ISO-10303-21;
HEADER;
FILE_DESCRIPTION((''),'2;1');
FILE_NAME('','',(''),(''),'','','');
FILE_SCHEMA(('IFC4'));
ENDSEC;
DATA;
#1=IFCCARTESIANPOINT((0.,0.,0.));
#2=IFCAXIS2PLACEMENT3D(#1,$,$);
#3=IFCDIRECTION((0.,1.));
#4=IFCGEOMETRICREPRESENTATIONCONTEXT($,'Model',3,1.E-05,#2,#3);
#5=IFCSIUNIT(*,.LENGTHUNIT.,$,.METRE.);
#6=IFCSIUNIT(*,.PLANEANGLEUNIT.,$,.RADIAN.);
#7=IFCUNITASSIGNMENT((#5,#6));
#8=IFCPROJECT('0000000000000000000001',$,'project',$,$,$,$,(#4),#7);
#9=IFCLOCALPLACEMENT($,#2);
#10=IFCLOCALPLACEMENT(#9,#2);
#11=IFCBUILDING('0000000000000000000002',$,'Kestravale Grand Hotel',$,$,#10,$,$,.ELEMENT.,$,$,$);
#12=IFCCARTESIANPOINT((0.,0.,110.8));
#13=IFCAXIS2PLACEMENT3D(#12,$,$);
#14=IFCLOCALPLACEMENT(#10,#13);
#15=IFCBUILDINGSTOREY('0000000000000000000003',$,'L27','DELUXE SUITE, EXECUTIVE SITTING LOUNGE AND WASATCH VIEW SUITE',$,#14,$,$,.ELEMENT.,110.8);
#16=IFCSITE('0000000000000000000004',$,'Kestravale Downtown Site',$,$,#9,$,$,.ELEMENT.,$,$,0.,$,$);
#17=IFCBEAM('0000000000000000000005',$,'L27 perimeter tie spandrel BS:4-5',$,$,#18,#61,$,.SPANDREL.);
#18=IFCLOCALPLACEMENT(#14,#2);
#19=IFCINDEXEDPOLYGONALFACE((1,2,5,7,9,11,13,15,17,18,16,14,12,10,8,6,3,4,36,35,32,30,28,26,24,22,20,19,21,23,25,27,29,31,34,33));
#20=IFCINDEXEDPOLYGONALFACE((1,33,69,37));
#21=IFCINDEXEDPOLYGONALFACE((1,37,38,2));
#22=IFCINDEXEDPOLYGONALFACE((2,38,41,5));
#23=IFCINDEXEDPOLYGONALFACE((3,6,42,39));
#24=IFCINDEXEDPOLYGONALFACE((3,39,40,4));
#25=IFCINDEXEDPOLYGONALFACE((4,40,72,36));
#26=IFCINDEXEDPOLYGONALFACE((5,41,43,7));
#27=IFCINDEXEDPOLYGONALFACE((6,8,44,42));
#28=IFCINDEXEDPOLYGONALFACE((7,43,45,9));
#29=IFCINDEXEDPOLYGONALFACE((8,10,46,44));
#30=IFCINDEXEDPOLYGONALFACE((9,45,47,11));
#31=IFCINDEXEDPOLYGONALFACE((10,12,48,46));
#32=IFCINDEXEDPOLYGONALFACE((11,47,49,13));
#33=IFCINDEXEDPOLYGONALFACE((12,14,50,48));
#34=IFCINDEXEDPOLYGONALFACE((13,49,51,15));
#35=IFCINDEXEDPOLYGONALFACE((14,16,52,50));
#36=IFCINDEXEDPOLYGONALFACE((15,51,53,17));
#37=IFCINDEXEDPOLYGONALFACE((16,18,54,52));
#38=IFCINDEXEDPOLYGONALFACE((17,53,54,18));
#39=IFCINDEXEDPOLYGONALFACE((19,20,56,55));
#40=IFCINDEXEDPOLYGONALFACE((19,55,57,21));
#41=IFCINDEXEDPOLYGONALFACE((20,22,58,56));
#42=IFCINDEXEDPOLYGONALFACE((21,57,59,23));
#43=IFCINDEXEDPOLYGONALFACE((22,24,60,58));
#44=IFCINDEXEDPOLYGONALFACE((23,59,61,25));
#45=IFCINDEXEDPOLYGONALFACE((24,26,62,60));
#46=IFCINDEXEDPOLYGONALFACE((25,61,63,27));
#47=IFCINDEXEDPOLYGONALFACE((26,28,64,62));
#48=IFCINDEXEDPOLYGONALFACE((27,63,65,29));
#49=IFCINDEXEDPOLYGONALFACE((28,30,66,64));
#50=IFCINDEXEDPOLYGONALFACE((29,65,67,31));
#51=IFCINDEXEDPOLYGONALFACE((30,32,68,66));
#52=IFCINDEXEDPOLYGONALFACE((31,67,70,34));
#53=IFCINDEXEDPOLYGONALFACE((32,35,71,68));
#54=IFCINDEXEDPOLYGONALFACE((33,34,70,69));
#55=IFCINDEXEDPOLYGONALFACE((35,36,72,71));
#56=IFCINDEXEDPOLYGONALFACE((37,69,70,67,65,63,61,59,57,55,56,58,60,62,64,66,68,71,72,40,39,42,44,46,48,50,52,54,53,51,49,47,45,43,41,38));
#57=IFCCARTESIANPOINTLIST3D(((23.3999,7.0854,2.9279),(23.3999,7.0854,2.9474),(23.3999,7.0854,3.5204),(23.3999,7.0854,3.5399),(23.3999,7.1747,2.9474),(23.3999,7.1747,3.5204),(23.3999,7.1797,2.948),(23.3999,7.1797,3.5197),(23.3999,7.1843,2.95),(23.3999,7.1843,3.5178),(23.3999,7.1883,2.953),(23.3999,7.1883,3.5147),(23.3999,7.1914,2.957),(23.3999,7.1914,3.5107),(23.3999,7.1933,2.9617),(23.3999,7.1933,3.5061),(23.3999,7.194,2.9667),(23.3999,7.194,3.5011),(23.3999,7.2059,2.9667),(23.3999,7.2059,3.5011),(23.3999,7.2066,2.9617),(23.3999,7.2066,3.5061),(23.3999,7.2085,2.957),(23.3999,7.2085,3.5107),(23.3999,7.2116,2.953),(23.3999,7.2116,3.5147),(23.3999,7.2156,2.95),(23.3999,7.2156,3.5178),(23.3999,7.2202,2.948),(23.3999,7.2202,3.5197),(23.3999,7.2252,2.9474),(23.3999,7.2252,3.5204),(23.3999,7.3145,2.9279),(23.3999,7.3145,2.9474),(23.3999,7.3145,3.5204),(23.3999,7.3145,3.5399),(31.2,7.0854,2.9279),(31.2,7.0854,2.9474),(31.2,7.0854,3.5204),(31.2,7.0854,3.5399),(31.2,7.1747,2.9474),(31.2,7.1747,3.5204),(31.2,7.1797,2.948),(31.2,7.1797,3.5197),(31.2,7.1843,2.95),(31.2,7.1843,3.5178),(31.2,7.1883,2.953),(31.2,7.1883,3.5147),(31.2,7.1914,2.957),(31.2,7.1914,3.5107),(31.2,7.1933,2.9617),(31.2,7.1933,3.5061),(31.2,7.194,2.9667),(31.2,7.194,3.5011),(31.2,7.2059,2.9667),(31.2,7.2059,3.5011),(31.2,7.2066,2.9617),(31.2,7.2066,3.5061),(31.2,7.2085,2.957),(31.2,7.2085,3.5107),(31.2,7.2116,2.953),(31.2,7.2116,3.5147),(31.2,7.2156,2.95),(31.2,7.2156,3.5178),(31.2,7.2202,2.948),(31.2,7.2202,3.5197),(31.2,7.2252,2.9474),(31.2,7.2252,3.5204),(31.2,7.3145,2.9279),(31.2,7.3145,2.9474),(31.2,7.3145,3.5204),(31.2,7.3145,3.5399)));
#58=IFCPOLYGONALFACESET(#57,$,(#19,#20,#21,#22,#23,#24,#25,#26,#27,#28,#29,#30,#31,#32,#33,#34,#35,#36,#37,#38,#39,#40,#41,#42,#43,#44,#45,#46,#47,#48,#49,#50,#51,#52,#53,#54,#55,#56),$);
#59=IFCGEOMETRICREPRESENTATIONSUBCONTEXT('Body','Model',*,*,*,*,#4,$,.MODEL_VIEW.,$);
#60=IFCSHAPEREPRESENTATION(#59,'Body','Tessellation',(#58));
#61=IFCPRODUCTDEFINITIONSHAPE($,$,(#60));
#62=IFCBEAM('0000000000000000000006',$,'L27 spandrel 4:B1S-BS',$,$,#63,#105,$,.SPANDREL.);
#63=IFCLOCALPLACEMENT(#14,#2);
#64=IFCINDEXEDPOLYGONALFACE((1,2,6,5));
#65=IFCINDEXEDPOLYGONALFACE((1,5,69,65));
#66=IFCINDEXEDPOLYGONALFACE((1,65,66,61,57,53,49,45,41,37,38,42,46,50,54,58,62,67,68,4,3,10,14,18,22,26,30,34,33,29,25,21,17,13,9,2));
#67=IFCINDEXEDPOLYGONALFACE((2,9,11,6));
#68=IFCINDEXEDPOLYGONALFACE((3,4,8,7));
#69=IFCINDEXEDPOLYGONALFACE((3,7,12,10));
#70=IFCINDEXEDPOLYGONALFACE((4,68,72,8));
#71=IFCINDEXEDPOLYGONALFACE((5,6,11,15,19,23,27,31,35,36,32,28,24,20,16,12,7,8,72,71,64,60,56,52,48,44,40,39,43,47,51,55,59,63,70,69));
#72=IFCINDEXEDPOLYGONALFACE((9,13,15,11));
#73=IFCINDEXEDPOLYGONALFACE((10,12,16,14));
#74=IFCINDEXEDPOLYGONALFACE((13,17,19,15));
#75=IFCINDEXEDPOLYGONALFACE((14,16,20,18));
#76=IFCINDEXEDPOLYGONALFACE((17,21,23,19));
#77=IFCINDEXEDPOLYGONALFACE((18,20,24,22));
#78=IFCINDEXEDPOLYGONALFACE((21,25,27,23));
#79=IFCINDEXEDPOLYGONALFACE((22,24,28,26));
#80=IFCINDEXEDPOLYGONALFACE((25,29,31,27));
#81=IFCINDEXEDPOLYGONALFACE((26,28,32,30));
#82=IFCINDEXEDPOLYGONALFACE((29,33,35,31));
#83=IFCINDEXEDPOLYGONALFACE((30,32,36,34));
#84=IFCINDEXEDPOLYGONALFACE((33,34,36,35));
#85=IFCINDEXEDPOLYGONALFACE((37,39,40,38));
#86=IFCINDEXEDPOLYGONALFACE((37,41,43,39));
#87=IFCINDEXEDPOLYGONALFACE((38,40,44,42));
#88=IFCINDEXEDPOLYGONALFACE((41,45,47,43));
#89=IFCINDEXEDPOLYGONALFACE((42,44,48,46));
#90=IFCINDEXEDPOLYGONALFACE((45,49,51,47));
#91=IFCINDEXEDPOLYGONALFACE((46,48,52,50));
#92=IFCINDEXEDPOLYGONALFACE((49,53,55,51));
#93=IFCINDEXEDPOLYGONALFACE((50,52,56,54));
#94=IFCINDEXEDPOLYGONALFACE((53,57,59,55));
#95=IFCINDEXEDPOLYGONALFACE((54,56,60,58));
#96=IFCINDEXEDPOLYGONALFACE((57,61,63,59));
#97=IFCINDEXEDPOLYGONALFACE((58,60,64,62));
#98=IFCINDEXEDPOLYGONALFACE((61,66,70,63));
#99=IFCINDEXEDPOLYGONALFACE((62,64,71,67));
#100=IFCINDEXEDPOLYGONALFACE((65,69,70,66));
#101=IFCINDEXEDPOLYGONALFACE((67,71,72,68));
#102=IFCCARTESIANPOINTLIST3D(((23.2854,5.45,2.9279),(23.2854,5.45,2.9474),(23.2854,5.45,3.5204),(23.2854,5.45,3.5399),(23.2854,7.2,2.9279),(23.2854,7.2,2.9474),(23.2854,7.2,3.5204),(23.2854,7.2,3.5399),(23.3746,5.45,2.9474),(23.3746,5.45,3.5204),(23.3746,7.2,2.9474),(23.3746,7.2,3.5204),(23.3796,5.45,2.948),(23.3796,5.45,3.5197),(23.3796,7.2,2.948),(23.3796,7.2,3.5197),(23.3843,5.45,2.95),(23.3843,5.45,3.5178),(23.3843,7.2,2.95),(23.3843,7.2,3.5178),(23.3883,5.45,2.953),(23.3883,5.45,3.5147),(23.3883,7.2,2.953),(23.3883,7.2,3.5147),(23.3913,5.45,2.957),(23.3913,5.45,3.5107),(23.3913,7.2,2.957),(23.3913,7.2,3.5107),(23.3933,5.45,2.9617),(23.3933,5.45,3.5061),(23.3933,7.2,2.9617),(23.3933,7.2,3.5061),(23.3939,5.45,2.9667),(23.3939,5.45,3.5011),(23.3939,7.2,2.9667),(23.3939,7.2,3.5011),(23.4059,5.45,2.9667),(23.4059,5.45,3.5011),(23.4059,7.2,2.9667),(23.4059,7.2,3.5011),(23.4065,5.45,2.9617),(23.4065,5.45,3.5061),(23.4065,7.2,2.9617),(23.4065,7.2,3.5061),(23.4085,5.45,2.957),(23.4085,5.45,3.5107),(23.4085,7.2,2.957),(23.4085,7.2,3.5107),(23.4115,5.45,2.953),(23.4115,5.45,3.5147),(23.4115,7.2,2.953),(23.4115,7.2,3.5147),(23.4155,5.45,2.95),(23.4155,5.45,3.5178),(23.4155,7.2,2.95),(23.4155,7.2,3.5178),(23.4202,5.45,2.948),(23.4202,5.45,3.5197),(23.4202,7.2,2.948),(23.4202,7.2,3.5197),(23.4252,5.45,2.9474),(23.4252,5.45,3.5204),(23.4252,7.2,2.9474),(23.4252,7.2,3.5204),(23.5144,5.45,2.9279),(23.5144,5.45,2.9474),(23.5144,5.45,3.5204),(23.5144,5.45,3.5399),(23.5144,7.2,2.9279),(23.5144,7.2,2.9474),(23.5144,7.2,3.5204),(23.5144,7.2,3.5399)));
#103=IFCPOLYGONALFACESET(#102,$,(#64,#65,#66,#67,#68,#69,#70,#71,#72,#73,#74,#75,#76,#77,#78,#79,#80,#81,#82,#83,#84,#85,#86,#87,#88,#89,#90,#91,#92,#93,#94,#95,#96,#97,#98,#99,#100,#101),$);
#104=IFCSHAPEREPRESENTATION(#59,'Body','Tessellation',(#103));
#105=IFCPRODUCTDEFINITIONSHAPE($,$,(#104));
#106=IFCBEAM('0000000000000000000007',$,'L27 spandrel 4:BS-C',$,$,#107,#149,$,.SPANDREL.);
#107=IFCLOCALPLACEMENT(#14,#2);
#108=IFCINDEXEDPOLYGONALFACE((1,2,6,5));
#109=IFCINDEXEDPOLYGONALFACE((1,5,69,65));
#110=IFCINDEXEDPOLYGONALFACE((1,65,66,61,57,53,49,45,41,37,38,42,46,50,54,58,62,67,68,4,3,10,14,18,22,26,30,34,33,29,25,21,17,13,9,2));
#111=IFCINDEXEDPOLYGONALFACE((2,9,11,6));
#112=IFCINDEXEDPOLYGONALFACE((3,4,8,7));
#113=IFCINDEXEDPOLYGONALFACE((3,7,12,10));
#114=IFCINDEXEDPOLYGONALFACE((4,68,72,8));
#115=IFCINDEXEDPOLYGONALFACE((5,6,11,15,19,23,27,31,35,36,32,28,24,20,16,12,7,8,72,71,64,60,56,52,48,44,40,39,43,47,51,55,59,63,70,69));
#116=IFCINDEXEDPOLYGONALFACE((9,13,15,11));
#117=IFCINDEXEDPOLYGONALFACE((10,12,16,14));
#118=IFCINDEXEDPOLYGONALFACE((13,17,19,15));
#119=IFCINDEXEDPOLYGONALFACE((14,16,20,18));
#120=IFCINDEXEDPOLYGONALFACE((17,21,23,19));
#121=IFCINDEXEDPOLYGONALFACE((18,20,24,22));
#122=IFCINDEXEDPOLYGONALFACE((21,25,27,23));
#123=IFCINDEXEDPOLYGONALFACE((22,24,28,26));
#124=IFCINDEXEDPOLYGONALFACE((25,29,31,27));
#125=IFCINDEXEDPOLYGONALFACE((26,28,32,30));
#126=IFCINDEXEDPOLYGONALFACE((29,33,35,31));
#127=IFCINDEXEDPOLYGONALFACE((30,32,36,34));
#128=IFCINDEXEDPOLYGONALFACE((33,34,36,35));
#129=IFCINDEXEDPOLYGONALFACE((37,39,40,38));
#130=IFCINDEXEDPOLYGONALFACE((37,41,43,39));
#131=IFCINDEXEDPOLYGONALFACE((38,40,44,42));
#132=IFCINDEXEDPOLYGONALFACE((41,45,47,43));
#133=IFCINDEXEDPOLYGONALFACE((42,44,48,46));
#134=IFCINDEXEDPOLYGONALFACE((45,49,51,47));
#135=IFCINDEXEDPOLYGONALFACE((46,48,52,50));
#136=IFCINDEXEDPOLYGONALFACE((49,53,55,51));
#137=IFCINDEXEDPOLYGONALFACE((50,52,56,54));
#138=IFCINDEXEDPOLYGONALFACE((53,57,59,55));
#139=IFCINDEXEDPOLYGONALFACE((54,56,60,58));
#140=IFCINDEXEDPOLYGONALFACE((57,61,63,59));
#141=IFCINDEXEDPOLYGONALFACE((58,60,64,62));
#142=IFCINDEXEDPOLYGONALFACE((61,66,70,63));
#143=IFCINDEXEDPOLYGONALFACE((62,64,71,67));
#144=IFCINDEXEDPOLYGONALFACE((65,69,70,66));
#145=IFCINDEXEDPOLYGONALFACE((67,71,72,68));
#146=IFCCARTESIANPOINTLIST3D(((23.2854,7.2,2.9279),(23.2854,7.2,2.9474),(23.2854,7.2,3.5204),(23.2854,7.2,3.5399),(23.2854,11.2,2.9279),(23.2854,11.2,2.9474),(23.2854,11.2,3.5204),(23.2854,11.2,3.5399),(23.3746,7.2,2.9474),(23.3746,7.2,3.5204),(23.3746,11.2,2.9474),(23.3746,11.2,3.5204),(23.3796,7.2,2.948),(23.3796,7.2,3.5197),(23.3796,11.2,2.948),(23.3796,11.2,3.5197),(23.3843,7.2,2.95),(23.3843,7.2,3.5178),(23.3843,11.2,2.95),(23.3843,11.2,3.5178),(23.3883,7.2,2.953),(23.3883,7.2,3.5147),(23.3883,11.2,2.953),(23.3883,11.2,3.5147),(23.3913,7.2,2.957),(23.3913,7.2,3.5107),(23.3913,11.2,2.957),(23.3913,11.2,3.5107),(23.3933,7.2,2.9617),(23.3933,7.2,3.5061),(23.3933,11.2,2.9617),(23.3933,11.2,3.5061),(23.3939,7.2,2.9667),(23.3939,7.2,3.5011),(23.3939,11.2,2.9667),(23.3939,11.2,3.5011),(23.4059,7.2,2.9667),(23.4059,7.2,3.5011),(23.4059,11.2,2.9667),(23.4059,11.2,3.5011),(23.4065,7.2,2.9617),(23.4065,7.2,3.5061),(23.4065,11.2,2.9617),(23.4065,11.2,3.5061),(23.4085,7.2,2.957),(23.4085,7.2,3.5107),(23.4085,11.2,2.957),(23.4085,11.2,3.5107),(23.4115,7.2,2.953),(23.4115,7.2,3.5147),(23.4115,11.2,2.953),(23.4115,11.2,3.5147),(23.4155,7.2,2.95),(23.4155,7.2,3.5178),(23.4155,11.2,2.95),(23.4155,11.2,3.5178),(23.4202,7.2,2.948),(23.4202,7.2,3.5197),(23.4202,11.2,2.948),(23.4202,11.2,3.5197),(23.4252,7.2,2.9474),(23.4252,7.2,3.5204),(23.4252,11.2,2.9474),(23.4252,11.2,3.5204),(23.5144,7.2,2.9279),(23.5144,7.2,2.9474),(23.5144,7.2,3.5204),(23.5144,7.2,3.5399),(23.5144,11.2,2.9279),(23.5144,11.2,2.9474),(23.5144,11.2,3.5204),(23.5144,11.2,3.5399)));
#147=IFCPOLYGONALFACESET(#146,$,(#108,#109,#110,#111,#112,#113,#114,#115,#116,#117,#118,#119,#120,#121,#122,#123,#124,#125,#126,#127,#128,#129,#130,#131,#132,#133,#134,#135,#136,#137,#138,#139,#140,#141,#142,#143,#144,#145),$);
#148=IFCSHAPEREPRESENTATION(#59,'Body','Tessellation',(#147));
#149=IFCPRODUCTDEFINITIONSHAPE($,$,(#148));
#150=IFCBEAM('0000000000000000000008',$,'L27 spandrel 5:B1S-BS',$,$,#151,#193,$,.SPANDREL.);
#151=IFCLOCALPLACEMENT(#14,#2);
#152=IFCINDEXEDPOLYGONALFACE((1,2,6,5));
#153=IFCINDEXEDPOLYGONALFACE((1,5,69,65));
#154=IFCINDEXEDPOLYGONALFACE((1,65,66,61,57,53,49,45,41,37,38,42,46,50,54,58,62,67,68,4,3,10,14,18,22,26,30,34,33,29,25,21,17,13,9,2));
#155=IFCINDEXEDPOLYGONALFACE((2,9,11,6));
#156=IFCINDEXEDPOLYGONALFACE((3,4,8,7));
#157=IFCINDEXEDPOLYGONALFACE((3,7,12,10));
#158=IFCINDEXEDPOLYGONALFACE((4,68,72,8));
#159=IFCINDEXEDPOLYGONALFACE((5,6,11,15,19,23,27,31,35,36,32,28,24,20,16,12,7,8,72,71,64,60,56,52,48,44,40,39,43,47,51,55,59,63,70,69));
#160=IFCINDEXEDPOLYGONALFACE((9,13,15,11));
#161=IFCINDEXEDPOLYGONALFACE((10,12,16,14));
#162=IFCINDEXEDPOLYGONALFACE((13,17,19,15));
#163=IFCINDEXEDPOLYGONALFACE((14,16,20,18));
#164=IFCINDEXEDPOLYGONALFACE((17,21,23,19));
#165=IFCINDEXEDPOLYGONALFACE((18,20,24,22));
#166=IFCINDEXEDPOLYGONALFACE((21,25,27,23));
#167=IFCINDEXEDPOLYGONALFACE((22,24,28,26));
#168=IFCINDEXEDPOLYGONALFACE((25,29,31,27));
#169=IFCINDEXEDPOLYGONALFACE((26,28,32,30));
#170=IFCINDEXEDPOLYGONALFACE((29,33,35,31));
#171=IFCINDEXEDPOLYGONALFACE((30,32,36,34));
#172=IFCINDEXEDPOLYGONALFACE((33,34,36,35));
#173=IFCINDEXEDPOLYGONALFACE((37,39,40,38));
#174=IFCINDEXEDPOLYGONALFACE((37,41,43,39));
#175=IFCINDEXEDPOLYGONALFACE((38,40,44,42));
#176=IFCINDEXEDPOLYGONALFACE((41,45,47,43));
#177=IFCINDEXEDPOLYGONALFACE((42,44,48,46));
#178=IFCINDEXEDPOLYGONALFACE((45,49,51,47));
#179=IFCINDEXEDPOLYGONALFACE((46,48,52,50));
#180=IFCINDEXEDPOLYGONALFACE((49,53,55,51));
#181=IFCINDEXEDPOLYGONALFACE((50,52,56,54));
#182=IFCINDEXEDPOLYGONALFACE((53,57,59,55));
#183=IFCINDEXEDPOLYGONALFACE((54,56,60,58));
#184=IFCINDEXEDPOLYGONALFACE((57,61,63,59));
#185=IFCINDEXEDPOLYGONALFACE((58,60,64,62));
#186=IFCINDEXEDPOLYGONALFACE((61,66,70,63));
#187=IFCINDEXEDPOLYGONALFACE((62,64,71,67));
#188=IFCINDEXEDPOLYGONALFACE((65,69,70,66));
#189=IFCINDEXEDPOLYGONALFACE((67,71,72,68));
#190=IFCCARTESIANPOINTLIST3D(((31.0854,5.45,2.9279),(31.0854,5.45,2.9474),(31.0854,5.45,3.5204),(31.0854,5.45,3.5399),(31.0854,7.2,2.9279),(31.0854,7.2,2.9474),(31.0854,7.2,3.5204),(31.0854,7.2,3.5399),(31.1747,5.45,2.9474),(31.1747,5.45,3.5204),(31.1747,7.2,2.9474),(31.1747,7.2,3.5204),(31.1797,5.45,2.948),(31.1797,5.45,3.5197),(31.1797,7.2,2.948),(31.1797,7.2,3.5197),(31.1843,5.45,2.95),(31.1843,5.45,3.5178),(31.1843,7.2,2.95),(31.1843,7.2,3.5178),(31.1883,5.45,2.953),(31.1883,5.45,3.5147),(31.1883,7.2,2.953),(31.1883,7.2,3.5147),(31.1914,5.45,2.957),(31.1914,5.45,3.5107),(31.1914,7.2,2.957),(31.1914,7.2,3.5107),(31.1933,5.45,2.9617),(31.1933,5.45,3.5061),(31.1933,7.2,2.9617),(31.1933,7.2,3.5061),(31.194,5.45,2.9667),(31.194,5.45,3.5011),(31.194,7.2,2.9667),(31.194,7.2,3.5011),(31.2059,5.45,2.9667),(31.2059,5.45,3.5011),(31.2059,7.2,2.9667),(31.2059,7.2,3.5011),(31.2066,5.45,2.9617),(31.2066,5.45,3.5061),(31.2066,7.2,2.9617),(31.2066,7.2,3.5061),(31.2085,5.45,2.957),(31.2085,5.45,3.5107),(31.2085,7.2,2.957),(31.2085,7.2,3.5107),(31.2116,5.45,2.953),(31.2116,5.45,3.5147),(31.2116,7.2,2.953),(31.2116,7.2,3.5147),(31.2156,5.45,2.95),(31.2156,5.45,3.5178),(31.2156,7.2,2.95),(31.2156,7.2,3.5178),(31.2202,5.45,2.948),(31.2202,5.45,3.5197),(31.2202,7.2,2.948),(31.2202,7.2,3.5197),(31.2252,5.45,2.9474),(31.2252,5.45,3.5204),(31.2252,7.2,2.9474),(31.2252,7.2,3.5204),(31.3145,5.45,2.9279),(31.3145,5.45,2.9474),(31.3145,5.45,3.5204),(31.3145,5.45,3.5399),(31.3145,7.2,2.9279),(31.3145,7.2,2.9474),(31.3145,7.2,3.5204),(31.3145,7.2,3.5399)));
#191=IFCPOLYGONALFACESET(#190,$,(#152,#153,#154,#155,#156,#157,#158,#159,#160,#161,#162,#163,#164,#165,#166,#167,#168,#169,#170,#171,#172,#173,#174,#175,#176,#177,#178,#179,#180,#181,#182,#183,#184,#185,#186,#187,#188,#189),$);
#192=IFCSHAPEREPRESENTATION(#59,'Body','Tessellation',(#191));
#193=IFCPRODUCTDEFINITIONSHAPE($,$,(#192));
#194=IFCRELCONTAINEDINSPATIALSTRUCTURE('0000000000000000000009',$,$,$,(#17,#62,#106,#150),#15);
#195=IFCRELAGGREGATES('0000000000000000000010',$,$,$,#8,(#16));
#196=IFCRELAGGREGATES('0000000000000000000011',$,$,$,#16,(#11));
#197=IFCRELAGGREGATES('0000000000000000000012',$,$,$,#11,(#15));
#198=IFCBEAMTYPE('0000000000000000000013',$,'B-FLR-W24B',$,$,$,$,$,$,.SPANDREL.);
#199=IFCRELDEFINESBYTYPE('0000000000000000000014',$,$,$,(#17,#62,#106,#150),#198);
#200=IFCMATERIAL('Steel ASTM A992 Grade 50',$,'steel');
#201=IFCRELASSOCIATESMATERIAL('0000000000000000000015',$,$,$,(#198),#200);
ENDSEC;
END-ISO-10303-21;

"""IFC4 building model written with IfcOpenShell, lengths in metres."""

from ifc_helpers import new_model, si_unit, direction, frame, origin, origin_2d, place, context, subcontext, project, spatial, i_section, extrude, material, material_profile, profile_set, type_object, element, save


model = new_model("IFC4")

# Units and contexts
model_context = context("Model", 3, precision=1e-05, world=origin(), true_north=direction((0.0, 1.0)))
body_context = subcontext(model_context, "Body", "Model", "MODEL_VIEW")
ifc_project = project(units=[si_unit("LENGTHUNIT", "METRE"), si_unit("PLANEANGLEUNIT", "RADIAN")], contexts=[model_context])

# Site, building, storey
site_placement = place(None, origin())
site = spatial("IfcSite", under=ifc_project, at=site_placement, Name="Kestravale Downtown Site", CompositionType="ELEMENT", RefElevation=0.0)
building_placement = place(site_placement, origin())
building = spatial("IfcBuilding", under=site, at=building_placement, Name="Kestravale Grand Hotel", CompositionType="ELEMENT")
storey_placement = place(building_placement, frame((0.0, 0.0, 110.8)))
storey = spatial("IfcBuildingStorey", under=building, at=storey_placement, Name="L27", Description="DELUXE SUITE, EXECUTIVE SITTING LOUNGE AND WASATCH VIEW SUITE", CompositionType="ELEMENT", Elevation=110.8)

# Beams
ifc_material_1 = material(Name="Steel ASTM A992 Grade 50", Category="steel")
ifc_material_profile_1 = material_profile(ifc_material_1, i_section(OverallWidth=0.229, OverallDepth=0.6121, WebThickness=0.012, FlangeThickness=0.0195, FilletRadius=0.0193, at=origin_2d()))
ifc_profile_set_1 = profile_set([ifc_material_profile_1], Name="Steel ASTM A992 Grade 50")
beam_type_1 = type_object("IfcBeamType", Name="B-FLR-W24B", PredefinedType="SPANDREL", material=ifc_profile_set_1)
for number, where, z_axis, x_axis, name in (
    (1, (23.3999, 7.2, 3.2339), (1.0, 0.0, 0.0), (0.0, 1.0, 0.0), "L27 perimeter tie spandrel BS:4-5"),
):
    element("IfcBeam", number, at=place(storey_placement, frame(where, z_axis=z_axis, x_axis=x_axis)), inside=storey, type_object=beam_type_1, Name=name, PredefinedType="SPANDREL", context=body_context, shape_type="SweptSolid", body=[
        extrude(i_section(OverallWidth=0.229, OverallDepth=0.6121, WebThickness=0.012, FlangeThickness=0.0195, FilletRadius=0.0193, at=origin_2d()), origin(), (0.0, 0.0, 1.0), 7.8),
    ])
beam_1_placement = place(storey_placement, frame((23.3999, 5.45, 3.2339), z_axis=(0.0, 1.0, 0.0), x_axis=(-1.0, 0.0, 0.0)))
element("IfcBeam", 2, at=beam_1_placement, inside=storey, type_object=beam_type_1, Name="L27 spandrel 4:B1S-BS", PredefinedType="SPANDREL", context=body_context, shape_type="SweptSolid", body=[
    extrude(i_section(OverallWidth=0.229, OverallDepth=0.6121, WebThickness=0.012, FlangeThickness=0.0195, FilletRadius=0.0193, at=origin_2d()), origin(), (0.0, 0.0, 1.0), 1.75),
])
beam_2_placement = place(storey_placement, frame((23.3999, 7.2, 3.2339), z_axis=(0.0, 1.0, 0.0), x_axis=(-1.0, 0.0, 0.0)))
element("IfcBeam", 3, at=beam_2_placement, inside=storey, type_object=beam_type_1, Name="L27 spandrel 4:BS-C", PredefinedType="SPANDREL", context=body_context, shape_type="SweptSolid", body=[
    extrude(i_section(OverallWidth=0.229, OverallDepth=0.6121, WebThickness=0.012, FlangeThickness=0.0195, FilletRadius=0.0193, at=origin_2d()), origin(), (0.0, 0.0, 1.0), 4.0),
])
beam_3_placement = place(storey_placement, frame((31.2, 5.45, 3.2339), z_axis=(0.0, 1.0, 0.0), x_axis=(-1.0, 0.0, 0.0)))
element("IfcBeam", 4, at=beam_3_placement, inside=storey, type_object=beam_type_1, Name="L27 spandrel 5:B1S-BS", PredefinedType="SPANDREL", context=body_context, shape_type="SweptSolid", body=[
    extrude(i_section(OverallWidth=0.229, OverallDepth=0.6121, WebThickness=0.012, FlangeThickness=0.0195, FilletRadius=0.0193, at=origin_2d()), origin(), (0.0, 0.0, 1.0), 1.75),
])

save(model, "model.ifc")
